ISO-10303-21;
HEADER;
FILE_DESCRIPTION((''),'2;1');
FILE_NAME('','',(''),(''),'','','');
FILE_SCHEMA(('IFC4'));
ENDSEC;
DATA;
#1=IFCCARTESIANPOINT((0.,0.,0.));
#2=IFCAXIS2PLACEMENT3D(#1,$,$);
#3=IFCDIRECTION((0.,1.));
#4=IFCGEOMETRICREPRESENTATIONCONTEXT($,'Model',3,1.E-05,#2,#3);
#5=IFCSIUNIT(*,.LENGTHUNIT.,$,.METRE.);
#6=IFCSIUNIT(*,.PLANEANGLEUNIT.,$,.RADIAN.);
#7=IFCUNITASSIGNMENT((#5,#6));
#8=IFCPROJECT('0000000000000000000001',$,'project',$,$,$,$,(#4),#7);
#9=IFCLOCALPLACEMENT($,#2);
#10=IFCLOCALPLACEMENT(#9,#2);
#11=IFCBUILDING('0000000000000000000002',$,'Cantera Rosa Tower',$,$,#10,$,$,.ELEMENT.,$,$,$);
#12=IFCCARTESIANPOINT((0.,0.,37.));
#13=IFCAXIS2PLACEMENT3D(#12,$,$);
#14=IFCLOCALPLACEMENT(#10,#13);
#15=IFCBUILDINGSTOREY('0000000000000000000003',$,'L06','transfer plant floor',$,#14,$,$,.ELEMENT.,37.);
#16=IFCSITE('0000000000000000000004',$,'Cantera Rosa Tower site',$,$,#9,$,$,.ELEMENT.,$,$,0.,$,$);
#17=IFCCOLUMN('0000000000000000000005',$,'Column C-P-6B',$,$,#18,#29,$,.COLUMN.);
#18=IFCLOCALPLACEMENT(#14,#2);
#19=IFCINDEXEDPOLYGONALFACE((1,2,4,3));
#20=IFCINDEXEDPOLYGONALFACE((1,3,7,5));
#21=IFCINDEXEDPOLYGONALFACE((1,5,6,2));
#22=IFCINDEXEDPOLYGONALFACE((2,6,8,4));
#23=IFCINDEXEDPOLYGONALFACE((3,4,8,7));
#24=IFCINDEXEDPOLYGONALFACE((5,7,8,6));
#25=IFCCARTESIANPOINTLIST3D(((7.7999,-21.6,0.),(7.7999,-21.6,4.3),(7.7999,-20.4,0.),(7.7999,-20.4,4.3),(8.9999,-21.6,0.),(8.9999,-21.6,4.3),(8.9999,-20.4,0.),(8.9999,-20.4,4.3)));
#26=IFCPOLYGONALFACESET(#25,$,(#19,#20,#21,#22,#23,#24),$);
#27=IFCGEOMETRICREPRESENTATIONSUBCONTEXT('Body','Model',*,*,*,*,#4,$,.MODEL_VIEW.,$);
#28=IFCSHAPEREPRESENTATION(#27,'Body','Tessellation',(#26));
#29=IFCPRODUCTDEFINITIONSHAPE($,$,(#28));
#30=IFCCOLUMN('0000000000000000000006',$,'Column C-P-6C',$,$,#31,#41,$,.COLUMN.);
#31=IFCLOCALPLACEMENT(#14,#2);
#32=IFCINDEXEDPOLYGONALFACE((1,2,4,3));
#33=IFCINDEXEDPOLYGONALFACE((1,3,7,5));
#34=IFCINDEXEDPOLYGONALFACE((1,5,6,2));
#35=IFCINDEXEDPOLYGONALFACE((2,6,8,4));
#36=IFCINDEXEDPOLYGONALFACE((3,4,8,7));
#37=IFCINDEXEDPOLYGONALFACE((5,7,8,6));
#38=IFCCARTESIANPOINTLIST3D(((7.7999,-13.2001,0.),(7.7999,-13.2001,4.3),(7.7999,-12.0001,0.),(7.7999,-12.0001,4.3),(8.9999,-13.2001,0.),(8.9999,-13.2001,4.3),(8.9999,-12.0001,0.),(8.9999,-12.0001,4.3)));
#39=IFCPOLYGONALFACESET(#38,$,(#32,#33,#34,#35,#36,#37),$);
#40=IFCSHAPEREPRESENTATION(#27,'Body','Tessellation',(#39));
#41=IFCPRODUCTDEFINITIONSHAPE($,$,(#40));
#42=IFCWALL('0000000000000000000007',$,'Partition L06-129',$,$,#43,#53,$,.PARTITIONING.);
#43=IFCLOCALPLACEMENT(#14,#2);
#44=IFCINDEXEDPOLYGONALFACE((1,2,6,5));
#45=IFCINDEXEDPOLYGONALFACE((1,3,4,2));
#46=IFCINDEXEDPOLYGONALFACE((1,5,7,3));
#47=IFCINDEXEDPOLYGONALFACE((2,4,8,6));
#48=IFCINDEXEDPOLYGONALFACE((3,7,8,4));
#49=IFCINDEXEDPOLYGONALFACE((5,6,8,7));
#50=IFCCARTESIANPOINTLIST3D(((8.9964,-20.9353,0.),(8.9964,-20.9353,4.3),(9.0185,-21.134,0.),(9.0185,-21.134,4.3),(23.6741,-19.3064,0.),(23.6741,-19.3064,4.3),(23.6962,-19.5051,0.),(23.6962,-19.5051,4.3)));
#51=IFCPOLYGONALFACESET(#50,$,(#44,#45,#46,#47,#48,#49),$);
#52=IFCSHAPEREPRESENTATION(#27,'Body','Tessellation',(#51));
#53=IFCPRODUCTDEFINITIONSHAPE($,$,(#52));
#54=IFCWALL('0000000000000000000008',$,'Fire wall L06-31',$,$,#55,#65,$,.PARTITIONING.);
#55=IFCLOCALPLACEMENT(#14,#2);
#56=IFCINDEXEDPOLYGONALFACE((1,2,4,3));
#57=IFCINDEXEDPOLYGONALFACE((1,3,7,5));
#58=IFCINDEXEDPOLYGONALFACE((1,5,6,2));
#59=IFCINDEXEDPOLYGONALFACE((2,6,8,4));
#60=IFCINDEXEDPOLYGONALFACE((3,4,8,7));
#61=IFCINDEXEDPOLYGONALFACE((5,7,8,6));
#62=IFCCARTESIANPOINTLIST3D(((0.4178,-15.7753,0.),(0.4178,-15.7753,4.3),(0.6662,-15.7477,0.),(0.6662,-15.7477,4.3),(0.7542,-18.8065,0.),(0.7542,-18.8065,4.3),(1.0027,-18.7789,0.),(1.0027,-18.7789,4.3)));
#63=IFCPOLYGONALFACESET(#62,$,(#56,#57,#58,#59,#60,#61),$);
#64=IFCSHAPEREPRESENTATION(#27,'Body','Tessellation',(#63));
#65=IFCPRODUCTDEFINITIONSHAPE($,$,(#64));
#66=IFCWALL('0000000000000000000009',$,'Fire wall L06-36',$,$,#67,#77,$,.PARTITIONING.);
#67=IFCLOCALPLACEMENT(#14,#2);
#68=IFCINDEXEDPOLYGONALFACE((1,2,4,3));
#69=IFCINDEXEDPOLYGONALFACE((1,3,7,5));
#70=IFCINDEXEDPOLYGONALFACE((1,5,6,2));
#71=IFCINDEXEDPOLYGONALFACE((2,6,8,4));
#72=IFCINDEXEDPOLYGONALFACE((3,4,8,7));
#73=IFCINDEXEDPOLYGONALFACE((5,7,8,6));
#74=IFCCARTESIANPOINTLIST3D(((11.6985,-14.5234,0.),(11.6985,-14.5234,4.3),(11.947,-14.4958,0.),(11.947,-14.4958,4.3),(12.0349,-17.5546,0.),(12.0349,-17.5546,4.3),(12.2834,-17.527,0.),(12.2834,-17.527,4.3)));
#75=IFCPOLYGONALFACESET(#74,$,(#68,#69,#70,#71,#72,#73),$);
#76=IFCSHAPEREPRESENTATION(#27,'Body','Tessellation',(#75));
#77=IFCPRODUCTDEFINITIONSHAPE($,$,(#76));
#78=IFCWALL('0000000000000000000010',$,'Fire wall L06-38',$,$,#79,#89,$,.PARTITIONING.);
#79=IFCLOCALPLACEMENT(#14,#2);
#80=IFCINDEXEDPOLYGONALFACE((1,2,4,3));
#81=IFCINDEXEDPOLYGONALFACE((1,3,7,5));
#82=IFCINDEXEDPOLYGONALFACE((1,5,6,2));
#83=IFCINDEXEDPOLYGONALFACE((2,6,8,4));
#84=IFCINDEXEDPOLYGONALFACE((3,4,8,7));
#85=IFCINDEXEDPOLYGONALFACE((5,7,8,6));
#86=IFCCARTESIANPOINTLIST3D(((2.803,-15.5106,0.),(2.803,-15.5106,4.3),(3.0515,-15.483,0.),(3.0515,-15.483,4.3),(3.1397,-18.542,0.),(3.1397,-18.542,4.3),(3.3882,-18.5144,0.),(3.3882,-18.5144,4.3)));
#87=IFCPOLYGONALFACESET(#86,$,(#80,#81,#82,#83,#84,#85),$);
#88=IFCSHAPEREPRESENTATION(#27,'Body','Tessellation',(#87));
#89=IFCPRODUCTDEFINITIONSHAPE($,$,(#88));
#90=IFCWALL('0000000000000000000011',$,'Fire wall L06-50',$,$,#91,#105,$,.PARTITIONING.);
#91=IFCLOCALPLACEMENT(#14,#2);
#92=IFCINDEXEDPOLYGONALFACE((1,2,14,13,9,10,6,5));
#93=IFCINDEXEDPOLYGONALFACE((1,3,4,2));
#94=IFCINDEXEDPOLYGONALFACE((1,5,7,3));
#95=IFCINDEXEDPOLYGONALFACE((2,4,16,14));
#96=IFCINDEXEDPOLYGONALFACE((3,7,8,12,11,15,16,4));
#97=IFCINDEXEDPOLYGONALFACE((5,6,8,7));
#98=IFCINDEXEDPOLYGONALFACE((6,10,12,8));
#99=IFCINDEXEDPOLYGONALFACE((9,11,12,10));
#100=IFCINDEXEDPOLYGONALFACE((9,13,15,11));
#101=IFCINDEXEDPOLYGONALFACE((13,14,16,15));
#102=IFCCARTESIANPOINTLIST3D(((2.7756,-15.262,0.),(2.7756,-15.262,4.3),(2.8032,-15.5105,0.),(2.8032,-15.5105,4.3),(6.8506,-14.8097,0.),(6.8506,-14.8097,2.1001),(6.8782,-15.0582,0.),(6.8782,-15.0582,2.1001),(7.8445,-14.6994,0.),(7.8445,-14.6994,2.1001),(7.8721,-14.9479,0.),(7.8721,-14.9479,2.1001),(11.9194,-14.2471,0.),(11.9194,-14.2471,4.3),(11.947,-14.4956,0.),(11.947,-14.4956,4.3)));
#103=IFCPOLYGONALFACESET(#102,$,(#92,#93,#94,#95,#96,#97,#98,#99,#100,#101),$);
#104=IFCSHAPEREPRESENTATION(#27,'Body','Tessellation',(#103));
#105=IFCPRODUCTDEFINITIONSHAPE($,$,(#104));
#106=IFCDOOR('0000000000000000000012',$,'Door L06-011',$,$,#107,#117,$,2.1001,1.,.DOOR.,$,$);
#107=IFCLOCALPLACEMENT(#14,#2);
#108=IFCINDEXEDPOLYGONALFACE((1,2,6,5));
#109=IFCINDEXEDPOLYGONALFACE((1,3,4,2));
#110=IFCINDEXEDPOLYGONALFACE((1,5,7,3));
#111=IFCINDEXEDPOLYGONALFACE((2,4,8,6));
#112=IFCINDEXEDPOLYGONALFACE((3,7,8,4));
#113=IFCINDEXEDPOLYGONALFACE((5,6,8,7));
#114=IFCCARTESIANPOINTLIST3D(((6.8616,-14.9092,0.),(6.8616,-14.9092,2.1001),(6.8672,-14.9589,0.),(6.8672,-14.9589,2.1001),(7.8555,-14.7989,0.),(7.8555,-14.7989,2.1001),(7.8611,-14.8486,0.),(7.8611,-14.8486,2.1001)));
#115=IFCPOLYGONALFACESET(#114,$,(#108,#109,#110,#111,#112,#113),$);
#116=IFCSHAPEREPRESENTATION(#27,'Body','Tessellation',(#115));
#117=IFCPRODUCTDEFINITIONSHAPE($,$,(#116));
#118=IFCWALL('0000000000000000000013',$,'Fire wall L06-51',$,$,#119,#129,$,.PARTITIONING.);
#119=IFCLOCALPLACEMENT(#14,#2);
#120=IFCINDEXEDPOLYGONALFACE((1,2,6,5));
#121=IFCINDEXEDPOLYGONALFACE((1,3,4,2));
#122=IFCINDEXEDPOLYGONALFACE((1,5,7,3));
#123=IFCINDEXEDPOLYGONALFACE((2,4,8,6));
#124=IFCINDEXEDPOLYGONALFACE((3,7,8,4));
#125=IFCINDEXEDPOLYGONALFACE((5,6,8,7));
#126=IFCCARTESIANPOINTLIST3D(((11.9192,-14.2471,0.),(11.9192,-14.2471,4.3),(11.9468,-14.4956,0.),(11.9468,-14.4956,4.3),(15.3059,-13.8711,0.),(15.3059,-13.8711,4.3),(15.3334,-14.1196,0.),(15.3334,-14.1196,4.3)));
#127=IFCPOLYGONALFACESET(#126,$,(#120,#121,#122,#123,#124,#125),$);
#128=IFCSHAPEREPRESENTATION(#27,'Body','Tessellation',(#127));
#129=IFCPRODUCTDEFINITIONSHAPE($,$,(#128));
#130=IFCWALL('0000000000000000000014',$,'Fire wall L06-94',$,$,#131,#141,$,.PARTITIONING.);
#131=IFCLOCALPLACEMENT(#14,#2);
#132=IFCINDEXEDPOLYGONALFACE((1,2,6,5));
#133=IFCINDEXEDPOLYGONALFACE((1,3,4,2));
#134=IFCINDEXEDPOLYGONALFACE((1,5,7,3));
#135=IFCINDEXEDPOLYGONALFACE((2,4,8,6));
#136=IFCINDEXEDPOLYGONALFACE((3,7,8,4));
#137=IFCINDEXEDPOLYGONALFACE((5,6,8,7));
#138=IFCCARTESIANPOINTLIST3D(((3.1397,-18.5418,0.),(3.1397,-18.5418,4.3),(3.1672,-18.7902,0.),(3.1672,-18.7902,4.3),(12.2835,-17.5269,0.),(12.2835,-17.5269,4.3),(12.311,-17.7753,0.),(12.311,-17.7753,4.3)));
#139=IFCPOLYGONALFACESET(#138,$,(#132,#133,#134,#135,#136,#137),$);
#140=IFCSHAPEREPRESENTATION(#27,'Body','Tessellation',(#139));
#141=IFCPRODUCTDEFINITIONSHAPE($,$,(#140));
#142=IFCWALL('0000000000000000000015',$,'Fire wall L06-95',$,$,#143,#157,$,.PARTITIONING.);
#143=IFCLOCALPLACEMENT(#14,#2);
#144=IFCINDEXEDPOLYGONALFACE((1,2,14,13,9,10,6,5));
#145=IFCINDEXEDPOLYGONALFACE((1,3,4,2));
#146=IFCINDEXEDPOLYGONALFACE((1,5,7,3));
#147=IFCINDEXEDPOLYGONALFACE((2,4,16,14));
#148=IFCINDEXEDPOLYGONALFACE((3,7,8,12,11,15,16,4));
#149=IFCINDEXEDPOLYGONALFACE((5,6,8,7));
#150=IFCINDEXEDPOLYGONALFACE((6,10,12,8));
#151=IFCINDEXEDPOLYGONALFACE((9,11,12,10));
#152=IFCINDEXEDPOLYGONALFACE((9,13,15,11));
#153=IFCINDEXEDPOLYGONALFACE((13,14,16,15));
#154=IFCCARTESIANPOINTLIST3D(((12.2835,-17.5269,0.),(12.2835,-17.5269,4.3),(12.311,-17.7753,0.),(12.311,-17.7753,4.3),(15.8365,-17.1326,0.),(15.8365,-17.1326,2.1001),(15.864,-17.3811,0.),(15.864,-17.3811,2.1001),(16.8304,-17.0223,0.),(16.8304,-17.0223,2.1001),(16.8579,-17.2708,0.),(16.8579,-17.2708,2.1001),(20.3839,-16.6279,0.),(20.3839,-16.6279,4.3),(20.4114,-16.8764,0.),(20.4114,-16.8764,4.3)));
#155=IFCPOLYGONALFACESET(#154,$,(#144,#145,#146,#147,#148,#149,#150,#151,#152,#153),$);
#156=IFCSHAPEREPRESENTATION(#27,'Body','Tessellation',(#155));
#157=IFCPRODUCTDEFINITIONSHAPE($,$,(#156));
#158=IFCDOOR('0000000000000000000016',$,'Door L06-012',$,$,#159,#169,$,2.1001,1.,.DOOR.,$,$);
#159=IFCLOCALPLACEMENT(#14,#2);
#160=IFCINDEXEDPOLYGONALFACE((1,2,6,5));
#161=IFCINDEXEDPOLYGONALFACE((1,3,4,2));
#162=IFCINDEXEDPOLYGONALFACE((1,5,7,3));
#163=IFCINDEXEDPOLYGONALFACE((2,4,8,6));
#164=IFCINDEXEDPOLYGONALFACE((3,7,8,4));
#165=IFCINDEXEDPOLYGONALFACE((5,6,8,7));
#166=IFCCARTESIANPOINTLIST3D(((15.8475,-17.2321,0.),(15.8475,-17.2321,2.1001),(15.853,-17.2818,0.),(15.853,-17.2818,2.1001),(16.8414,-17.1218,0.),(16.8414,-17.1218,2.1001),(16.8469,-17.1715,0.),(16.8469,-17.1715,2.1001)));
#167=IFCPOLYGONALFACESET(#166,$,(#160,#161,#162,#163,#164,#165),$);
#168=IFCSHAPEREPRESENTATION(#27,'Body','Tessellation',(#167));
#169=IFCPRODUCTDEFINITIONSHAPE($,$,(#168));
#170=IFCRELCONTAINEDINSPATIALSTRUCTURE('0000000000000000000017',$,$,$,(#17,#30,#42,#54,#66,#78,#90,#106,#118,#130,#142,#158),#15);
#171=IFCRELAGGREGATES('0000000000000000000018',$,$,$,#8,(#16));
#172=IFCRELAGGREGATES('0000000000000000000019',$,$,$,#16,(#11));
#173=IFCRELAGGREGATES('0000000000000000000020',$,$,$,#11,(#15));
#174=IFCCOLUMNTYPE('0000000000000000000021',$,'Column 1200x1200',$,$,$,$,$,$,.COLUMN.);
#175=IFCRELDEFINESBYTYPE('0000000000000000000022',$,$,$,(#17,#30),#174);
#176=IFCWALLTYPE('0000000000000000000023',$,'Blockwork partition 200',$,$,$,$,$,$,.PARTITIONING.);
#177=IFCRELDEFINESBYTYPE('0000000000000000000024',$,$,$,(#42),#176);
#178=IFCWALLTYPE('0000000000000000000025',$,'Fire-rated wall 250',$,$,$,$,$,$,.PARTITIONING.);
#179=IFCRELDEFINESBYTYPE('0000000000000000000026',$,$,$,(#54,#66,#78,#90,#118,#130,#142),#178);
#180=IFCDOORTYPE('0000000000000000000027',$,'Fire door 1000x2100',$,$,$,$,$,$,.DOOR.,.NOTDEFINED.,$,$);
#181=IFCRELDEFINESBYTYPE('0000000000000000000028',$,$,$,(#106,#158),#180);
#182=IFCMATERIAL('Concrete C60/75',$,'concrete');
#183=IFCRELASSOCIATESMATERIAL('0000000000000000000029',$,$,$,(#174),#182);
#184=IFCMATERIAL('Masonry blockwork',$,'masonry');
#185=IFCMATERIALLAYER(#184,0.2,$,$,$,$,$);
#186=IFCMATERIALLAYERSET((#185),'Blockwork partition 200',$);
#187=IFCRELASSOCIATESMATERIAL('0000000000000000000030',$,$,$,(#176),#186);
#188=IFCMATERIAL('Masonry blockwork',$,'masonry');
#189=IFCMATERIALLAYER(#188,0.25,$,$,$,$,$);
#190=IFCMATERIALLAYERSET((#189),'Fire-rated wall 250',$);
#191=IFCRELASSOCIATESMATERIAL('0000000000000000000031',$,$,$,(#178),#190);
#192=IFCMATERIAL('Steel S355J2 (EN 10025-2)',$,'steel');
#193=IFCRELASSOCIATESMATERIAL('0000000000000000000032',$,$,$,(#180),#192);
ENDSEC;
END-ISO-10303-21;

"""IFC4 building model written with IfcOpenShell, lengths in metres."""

from ifc_helpers import new_model, si_unit, direction, frame, frame_2d, origin, origin_2d, place, context, subcontext, project, spatial, rectangle, extrude, material, layer, layer_set, material_profile, profile_set, type_object, element, fill, save


model = new_model("IFC4")

# Units and contexts
model_context = context("Model", 3, precision=1e-05, world=origin(), true_north=direction((0.0, 1.0)))
body_context = subcontext(model_context, "Body", "Model", "MODEL_VIEW")
ifc_project = project(units=[si_unit("LENGTHUNIT", "METRE"), si_unit("PLANEANGLEUNIT", "RADIAN")], contexts=[model_context])

# Site, building, storey
site_placement = place(None, origin())
site = spatial("IfcSite", under=ifc_project, at=site_placement, Name="Cantera Rosa Tower site", CompositionType="ELEMENT", RefElevation=0.0)
building_placement = place(site_placement, origin())
building = spatial("IfcBuilding", under=site, at=building_placement, Name="Cantera Rosa Tower", CompositionType="ELEMENT")
storey_placement = place(building_placement, frame((0.0, 0.0, 37.0)))
storey = spatial("IfcBuildingStorey", under=building, at=storey_placement, Name="L06", Description="transfer plant floor", CompositionType="ELEMENT", Elevation=37.0)

# Columns
ifc_material_1 = material(Name="Concrete C60/75", Category="concrete")
ifc_material_profile = material_profile(ifc_material_1, rectangle(XDim=1.2, YDim=1.2, at=origin_2d()), Name="Column 1200x1200")
ifc_profile_set = profile_set([ifc_material_profile], Name="Concrete C60/75")
column_type = type_object("IfcColumnType", Name="Column 1200x1200", PredefinedType="COLUMN", material=ifc_profile_set)
for number, where, z_axis, x_axis, name in (
    (1, (8.3999, -21.0, 0.0), (0.0, 0.0, 1.0), (1.0, 0.0, 0.0), "Column C-P-6B"),
    (2, (8.3999, -12.6001, 0.0), (0.0, 0.0, 1.0), (1.0, 0.0, 0.0), "Column C-P-6C"),
):
    element("IfcColumn", number, at=place(storey_placement, frame(where, z_axis=z_axis, x_axis=x_axis)), inside=storey, type_object=column_type, Name=name, PredefinedType="COLUMN", context=body_context, shape_type="SweptSolid", body=[
        extrude(rectangle(XDim=1.2, YDim=1.2, at=origin_2d()), origin(), (0.0, 0.0, 1.0), 4.3),
    ])

# Walls
ifc_material_2 = material(Name="Masonry blockwork", Category="masonry")
ifc_layer_1 = layer(ifc_material_2, 0.2)
ifc_layer_set_1 = layer_set([ifc_layer_1], Name="Blockwork partition 200")
wall_type_1 = type_object("IfcWallType", Name="Blockwork partition 200", PredefinedType="PARTITIONING", material=ifc_layer_set_1)
wall_1_placement = place(storey_placement, frame((9.0076, -21.0347, 0.0), z_axis=(0.0, 0.0, 1.0), x_axis=(0.993898, 0.110301, 0.0)))
element("IfcWall", 3, at=wall_1_placement, inside=storey, type_object=wall_type_1, Name="Partition L06-129", PredefinedType="PARTITIONING", context=body_context, shape_type="SweptSolid", body=[
    extrude(rectangle(XDim=14.7678, YDim=0.2, at=frame_2d((7.3838, 0.0))), origin(), (0.0, 0.0, 1.0), 4.3),
])
ifc_material_3 = material(Name="Masonry blockwork", Category="masonry")
ifc_layer_2 = layer(ifc_material_3, 0.25)
ifc_layer_set_2 = layer_set([ifc_layer_2], Name="Fire-rated wall 250")
wall_type_2 = type_object("IfcWallType", Name="Fire-rated wall 250", PredefinedType="PARTITIONING", material=ifc_layer_set_2)
for number, where, z_axis, x_axis, name in (
    (4, (0.8784, -18.7927, 0.0), (0.0, 0.0, 1.0), (-0.110309, 0.993897, 0.0), "Fire wall L06-31"),
    (5, (12.1592, -17.5408, 0.0), (0.0, 0.0, 1.0), (-0.110309, 0.993897, 0.0), "Fire wall L06-36"),
):
    element("IfcWall", number, at=place(storey_placement, frame(where, z_axis=z_axis, x_axis=x_axis)), inside=storey, type_object=wall_type_2, Name=name, PredefinedType="PARTITIONING", context=body_context, shape_type="SweptSolid", body=[
        extrude(rectangle(XDim=3.0498, YDim=0.25, at=frame_2d((1.5249, 0.0))), origin(), (0.0, 0.0, 1.0), 4.3),
    ])
wall_2_placement = place(storey_placement, frame((3.2639, -18.5281, 0.0), z_axis=(0.0, 0.0, 1.0), x_axis=(-0.110379, 0.99389, 0.0)))
element("IfcWall", 6, at=wall_2_placement, inside=storey, type_object=wall_type_2, Name="Fire wall L06-38", PredefinedType="PARTITIONING", context=body_context, shape_type="SweptSolid", body=[
    extrude(rectangle(XDim=3.05, YDim=0.25, at=frame_2d((1.5249, 0.0))), origin(), (0.0, 0.0, 1.0), 4.3),
])

# Wall, opening, door
wall_3_placement = place(storey_placement, frame((2.7893, -15.3862, 0.0), z_axis=(0.0, 0.0, 1.0), x_axis=(0.993897, 0.110315, 0.0)))
wall_3 = element("IfcWall", 7, at=wall_3_placement, inside=storey, type_object=wall_type_2, Name="Fire wall L06-50", PredefinedType="PARTITIONING", context=body_context, shape_type="SweptSolid", body=[
    extrude(rectangle(XDim=9.2, YDim=0.25, at=frame_2d((4.6001, 0.0))), origin(), (0.0, 0.0, 1.0), 4.3),
])
opening_1_placement = place(wall_3_placement, frame((4.1001, 0.0, 0.0)))
opening_1 = element("IfcOpeningElement", 8, at=opening_1_placement, cuts=wall_3, PredefinedType="OPENING", context=body_context, shape_type="SweptSolid", body=[
    extrude(rectangle(XDim=1.0, YDim=2.1001, at=frame_2d((0.5, 1.05))), frame((0.0, 0.135, 0.0), z_axis=(0.0, -1.0, 0.0), x_axis=(1.0, 0.0, 0.0)), (0.0, 0.0, 1.0), 0.27),
])
ifc_material_4 = material(Name="Steel S355J2 (EN 10025-2)", Category="steel")
door_type_1 = type_object("IfcDoorType", Name="Fire door 1000x2100", OperationType="NOTDEFINED", PredefinedType="DOOR", material=ifc_material_4)
door_1_placement = place(opening_1_placement, origin())
door_1 = element("IfcDoor", 9, at=door_1_placement, inside=storey, type_object=door_type_1, Name="Door L06-011", OverallHeight=2.1001, OverallWidth=1.0, PredefinedType="DOOR", context=body_context, shape_type="SweptSolid", body=[
    extrude(rectangle(XDim=1.0, YDim=2.1001, at=frame_2d((0.5, 1.05))), frame((0.0, 0.0249, 0.0), z_axis=(0.0, -1.0, 0.0), x_axis=(1.0, 0.0, 0.0)), (0.0, 0.0, 1.0), 0.05),
])
fill(opening_1, door_1)

# Walls
wall_4_placement = place(storey_placement, frame((11.9331, -14.3713, 0.0), z_axis=(0.0, 0.0, 1.0), x_axis=(0.993894, 0.110337, 0.0)))
element("IfcWall", 10, at=wall_4_placement, inside=storey, type_object=wall_type_2, Name="Fire wall L06-51", PredefinedType="PARTITIONING", context=body_context, shape_type="SweptSolid", body=[
    extrude(rectangle(XDim=3.4075, YDim=0.25, at=frame_2d((1.7036, 0.0))), origin(), (0.0, 0.0, 1.0), 4.3),
])
wall_5_placement = place(storey_placement, frame((3.1533, -18.666, 0.0), z_axis=(0.0, 0.0, 1.0), x_axis=(0.993897, 0.110315, 0.0)))
element("IfcWall", 11, at=wall_5_placement, inside=storey, type_object=wall_type_2, Name="Fire wall L06-94", PredefinedType="PARTITIONING", context=body_context, shape_type="SweptSolid", body=[
    extrude(rectangle(XDim=9.2, YDim=0.25, at=frame_2d((4.6001, 0.0))), origin(), (0.0, 0.0, 1.0), 4.3),
])

# Wall, opening, door
wall_6_placement = place(storey_placement, frame((12.2971, -17.6511, 0.0), z_axis=(0.0, 0.0, 1.0), x_axis=(0.993899, 0.110297, 0.0)))
wall_6 = element("IfcWall", 12, at=wall_6_placement, inside=storey, type_object=wall_type_2, Name="Fire wall L06-95", PredefinedType="PARTITIONING", context=body_context, shape_type="SweptSolid", body=[
    extrude(rectangle(XDim=8.1501, YDim=0.25, at=frame_2d((4.0752, 0.0))), origin(), (0.0, 0.0, 1.0), 4.3),
])
opening_2_placement = place(wall_6_placement, frame((3.575, 0.0, 0.0)))
opening_2 = element("IfcOpeningElement", 13, at=opening_2_placement, cuts=wall_6, PredefinedType="OPENING", context=body_context, shape_type="SweptSolid", body=[
    extrude(rectangle(XDim=1.0, YDim=2.1001, at=frame_2d((0.5, 1.05))), frame((0.0, 0.135, 0.0), z_axis=(0.0, -1.0, 0.0), x_axis=(1.0, 0.0, 0.0)), (0.0, 0.0, 1.0), 0.27),
])
door_2_placement = place(opening_2_placement, origin())
door_2 = element("IfcDoor", 14, at=door_2_placement, inside=storey, type_object=door_type_1, Name="Door L06-012", OverallHeight=2.1001, OverallWidth=1.0, PredefinedType="DOOR", context=body_context, shape_type="SweptSolid", body=[
    extrude(rectangle(XDim=1.0, YDim=2.1001, at=frame_2d((0.5, 1.05))), frame((0.0, 0.0249, 0.0), z_axis=(0.0, -1.0, 0.0), x_axis=(1.0, 0.0, 0.0)), (0.0, 0.0, 1.0), 0.05),
])
fill(opening_2, door_2)

save(model, "model.ifc")
